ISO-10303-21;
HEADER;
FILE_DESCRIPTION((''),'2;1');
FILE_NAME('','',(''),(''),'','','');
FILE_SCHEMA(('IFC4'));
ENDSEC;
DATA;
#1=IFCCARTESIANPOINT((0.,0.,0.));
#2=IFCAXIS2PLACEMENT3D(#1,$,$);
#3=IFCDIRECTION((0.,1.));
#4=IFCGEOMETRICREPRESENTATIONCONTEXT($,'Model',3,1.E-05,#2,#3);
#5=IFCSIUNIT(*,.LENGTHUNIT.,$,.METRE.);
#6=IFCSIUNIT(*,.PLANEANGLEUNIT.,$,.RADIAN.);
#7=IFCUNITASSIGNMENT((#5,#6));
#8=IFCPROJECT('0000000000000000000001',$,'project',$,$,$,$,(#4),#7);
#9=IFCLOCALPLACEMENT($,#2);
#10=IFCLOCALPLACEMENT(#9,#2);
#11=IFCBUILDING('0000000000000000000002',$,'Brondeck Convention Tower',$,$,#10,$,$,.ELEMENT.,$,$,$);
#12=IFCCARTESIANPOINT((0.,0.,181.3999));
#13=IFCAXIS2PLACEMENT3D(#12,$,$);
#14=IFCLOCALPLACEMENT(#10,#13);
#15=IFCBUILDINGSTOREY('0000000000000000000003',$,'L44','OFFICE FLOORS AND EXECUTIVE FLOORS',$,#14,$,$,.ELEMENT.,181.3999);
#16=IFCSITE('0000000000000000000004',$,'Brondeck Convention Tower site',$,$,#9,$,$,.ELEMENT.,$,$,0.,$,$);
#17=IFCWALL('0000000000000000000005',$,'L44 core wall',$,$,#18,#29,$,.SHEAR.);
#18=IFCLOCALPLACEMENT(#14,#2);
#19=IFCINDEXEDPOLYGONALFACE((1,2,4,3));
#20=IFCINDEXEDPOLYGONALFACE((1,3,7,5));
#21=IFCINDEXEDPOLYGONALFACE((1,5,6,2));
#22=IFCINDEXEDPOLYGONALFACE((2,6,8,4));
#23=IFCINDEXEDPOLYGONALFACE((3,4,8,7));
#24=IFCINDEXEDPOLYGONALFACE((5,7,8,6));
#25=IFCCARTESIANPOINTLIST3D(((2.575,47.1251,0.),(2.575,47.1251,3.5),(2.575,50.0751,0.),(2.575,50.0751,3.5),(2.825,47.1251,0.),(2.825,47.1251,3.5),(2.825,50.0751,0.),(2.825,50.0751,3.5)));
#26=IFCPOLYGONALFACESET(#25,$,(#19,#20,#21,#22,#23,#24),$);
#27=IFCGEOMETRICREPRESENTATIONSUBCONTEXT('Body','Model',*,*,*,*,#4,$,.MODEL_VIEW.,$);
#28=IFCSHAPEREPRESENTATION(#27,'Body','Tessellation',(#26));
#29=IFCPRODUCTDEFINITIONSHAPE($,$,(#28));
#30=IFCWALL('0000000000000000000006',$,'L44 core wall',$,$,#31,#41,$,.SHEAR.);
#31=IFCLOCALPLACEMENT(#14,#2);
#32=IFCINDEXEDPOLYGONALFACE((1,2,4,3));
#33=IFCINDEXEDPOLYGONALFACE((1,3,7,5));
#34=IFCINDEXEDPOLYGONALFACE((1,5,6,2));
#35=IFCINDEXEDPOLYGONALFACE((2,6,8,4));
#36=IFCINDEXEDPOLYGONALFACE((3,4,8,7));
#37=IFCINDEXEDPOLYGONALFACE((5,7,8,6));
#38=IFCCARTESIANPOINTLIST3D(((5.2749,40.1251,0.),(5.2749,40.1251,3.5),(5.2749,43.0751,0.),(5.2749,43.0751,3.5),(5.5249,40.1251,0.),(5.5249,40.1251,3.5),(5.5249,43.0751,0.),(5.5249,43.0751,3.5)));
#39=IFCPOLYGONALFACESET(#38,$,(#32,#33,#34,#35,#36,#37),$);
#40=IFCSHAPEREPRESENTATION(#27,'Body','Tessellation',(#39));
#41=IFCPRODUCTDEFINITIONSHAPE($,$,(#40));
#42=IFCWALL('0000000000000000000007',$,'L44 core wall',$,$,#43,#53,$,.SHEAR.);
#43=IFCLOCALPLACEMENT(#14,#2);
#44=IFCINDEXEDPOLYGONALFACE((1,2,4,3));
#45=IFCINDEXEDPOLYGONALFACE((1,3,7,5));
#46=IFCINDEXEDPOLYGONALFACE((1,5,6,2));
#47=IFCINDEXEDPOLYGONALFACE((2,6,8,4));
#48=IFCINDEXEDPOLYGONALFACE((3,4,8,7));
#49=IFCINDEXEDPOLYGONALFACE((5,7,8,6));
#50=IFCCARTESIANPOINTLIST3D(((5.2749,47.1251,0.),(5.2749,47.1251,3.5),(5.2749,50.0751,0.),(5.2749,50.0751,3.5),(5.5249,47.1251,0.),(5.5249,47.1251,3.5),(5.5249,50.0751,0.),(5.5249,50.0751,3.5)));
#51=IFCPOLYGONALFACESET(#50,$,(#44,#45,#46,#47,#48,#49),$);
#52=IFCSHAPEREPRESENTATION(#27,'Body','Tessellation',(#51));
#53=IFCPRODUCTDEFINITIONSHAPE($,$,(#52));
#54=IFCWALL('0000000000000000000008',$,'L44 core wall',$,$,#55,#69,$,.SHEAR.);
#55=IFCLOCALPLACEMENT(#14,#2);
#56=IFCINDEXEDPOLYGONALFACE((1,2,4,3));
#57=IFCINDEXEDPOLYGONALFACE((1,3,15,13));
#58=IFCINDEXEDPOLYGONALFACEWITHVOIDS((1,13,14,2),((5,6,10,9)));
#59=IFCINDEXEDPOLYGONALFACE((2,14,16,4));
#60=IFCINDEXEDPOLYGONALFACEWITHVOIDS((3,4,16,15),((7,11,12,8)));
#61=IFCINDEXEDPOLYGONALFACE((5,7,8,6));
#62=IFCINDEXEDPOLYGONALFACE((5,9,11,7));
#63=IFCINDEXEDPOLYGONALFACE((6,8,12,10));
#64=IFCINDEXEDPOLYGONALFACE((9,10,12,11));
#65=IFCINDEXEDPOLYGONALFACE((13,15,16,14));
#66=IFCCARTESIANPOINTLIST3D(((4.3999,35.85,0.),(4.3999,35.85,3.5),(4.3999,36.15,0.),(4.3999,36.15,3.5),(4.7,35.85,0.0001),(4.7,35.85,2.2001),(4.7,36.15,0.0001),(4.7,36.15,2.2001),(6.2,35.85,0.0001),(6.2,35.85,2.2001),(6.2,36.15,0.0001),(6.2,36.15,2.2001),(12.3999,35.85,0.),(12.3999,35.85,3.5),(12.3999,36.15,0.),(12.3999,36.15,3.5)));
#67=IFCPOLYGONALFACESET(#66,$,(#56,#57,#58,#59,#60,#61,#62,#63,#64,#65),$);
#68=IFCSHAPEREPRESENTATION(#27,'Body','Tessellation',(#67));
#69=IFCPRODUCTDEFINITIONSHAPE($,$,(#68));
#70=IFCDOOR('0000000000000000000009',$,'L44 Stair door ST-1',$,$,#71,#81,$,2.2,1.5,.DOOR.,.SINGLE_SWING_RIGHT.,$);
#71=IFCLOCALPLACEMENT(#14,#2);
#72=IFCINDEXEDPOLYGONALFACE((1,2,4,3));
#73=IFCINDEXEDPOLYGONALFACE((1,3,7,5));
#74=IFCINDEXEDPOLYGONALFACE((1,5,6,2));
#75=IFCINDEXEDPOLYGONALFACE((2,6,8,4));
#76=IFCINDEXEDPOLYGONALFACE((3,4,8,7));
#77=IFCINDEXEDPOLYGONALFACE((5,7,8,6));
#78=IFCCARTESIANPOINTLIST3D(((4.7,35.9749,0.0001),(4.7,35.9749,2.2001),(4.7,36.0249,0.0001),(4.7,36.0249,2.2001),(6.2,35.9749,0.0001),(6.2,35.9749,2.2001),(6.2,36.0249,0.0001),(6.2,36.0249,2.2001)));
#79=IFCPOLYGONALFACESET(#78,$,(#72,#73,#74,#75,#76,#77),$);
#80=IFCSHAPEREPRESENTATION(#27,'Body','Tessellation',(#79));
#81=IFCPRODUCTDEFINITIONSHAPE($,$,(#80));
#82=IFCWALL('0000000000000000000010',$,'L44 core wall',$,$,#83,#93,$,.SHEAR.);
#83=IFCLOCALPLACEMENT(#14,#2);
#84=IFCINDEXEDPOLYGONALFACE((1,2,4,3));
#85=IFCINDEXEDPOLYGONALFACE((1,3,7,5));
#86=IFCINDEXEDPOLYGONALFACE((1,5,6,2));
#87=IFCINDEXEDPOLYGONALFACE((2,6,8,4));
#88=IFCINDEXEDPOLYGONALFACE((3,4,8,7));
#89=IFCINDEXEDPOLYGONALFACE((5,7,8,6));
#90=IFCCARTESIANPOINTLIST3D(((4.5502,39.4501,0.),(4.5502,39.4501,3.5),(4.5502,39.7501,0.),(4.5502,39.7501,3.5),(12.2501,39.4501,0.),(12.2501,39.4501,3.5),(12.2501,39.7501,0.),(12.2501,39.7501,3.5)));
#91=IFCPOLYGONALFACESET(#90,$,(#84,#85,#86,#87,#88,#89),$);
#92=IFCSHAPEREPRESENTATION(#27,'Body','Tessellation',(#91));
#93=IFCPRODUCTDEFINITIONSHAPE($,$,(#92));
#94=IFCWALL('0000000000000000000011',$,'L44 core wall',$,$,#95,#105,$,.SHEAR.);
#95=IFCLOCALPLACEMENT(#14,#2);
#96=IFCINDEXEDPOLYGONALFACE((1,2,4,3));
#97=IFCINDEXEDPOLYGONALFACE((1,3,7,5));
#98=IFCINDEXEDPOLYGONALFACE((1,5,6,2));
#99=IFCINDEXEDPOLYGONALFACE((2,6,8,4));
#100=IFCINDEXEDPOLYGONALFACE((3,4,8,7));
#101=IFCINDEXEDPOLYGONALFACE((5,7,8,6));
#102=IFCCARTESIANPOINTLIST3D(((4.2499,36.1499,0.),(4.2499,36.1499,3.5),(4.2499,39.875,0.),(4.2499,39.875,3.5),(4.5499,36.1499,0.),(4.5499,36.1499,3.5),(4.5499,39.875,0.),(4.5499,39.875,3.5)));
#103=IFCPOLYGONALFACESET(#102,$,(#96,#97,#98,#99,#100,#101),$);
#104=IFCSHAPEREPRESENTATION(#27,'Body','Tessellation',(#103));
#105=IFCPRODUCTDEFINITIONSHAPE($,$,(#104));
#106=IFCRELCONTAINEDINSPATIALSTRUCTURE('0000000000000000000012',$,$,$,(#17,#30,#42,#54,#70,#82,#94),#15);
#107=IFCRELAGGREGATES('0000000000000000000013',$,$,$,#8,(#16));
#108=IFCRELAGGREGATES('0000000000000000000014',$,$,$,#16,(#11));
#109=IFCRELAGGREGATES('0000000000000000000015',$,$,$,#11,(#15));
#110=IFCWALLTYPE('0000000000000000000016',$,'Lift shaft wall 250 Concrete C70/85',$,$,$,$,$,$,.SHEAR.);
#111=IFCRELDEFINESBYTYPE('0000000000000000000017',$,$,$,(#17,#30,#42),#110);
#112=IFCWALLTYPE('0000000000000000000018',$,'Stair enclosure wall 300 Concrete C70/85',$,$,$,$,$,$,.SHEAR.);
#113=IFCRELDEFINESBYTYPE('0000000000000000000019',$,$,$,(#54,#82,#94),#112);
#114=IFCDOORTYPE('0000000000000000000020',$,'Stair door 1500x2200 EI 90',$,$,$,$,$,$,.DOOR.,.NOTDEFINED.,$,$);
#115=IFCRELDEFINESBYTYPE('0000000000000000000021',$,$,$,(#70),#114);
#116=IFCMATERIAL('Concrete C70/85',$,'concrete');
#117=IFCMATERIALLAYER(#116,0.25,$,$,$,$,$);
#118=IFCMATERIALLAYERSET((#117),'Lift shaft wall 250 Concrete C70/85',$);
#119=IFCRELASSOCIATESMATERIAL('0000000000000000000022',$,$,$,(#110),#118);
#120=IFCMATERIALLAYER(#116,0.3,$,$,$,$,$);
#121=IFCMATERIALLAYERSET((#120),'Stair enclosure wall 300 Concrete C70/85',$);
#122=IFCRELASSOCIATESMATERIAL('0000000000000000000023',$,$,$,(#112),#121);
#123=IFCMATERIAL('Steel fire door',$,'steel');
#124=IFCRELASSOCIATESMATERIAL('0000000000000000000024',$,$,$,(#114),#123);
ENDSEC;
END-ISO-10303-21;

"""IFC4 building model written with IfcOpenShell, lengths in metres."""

from ifc_helpers import new_model, si_unit, direction, frame, frame_2d, origin, place, context, subcontext, project, spatial, rectangle, extrude, material, layer, layer_set, type_object, element, fill, save


model = new_model("IFC4")

# Units and contexts
model_context = context("Model", 3, precision=1e-05, world=origin(), true_north=direction((0.0, 1.0)))
body_context = subcontext(model_context, "Body", "Model", "MODEL_VIEW")
ifc_project = project(units=[si_unit("LENGTHUNIT", "METRE"), si_unit("PLANEANGLEUNIT", "RADIAN")], contexts=[model_context])

# Site, building, storey
site_placement = place(None, origin())
site = spatial("IfcSite", under=ifc_project, at=site_placement, Name="Brondeck Convention Tower site", CompositionType="ELEMENT", RefElevation=0.0)
building_placement = place(site_placement, origin())
building = spatial("IfcBuilding", under=site, at=building_placement, Name="Brondeck Convention Tower", CompositionType="ELEMENT")
storey_placement = place(building_placement, frame((0.0, 0.0, 181.3999)))
storey = spatial("IfcBuildingStorey", under=building, at=storey_placement, Name="L44", Description="OFFICE FLOORS AND EXECUTIVE FLOORS", CompositionType="ELEMENT", Elevation=181.3999)

# Shared definitions
ifc_material_1 = material(Name="Concrete C70/85", Category="concrete")

# Shared definitions
ifc_material_2 = material(Name="Steel fire door", Category="steel")

# Shared definitions
ifc_layer_1 = layer(ifc_material_1, 0.25)
ifc_layer_set_1 = layer_set([ifc_layer_1], Name="Lift shaft wall 250 Concrete C70/85")
wall_type_1 = type_object("IfcWallType", Name="Lift shaft wall 250 Concrete C70/85", PredefinedType="SHEAR", material=ifc_layer_set_1)

# Walls
for number, where, z_axis, x_axis, name in (
    (1, (2.7, 47.125, 0.0), (0.0, 0.0, 1.0), (0.0, 1.0, 0.0), "L44 core wall"),
    (2, (5.3999, 40.125, 0.0), (0.0, 0.0, 1.0), (0.0, 1.0, 0.0), "L44 core wall"),
    (3, (5.3999, 47.125, 0.0), (0.0, 0.0, 1.0), (0.0, 1.0, 0.0), "L44 core wall"),
):
    element("IfcWall", number, at=place(storey_placement, frame(where, z_axis=z_axis, x_axis=x_axis)), inside=storey, type_object=wall_type_1, Name=name, PredefinedType="SHEAR", context=body_context, shape_type="SweptSolid", body=[
        extrude(rectangle(XDim=2.95, YDim=0.25, at=frame_2d((1.4751, 0.0))), origin(), (0.0, 0.0, 1.0), 3.5),
    ])

# Wall, opening, door
ifc_layer_2 = layer(ifc_material_1, 0.3)
ifc_layer_set_2 = layer_set([ifc_layer_2], Name="Stair enclosure wall 300 Concrete C70/85")
wall_type_2 = type_object("IfcWallType", Name="Stair enclosure wall 300 Concrete C70/85", PredefinedType="SHEAR", material=ifc_layer_set_2)
wall_1_placement = place(storey_placement, frame((4.3999, 36.0, 0.0), z_axis=(0.0, 0.0, 1.0), x_axis=(1.0, 0.0, 0.0)))
wall_1 = element("IfcWall", 4, at=wall_1_placement, inside=storey, type_object=wall_type_2, Name="L44 core wall", PredefinedType="SHEAR", context=body_context, shape_type="SweptSolid", body=[
    extrude(rectangle(XDim=8.0, YDim=0.3, at=frame_2d((4.0, 0.0))), origin(), (0.0, 0.0, 1.0), 3.5),
])
opening_1_placement = place(wall_1_placement, frame((0.3, 0.0, 0.0)))
opening_1 = element("IfcOpeningElement", 5, at=opening_1_placement, cuts=wall_1, PredefinedType="OPENING", context=body_context, shape_type="SweptSolid", body=[
    extrude(rectangle(XDim=1.5, YDim=2.2, at=frame_2d((0.75, 1.1001))), frame((0.0, 0.1599, 0.0), z_axis=(0.0, -1.0, 0.0), x_axis=(1.0, 0.0, 0.0)), (0.0, 0.0, 1.0), 0.3201),
])
door_type_1 = type_object("IfcDoorType", Name="Stair door 1500x2200 EI 90", OperationType="NOTDEFINED", PredefinedType="DOOR", material=ifc_material_2)
door_1_placement = place(opening_1_placement, origin())
door_1 = element("IfcDoor", 6, at=door_1_placement, inside=storey, type_object=door_type_1, Name="L44 Stair door ST-1", OperationType="SINGLE_SWING_RIGHT", OverallHeight=2.2, OverallWidth=1.5, PredefinedType="DOOR", context=body_context, shape_type="SweptSolid", body=[
    extrude(rectangle(XDim=1.5, YDim=2.2, at=frame_2d((0.75, 1.1001))), frame((0.0, 0.0249, 0.0), z_axis=(0.0, -1.0, 0.0), x_axis=(1.0, 0.0, 0.0)), (0.0, 0.0, 1.0), 0.05),
])
fill(opening_1, door_1)

# Walls
wall_2_placement = place(storey_placement, frame((4.55, 39.6001, 0.0), z_axis=(0.0, 0.0, 1.0), x_axis=(1.0, 0.0, 0.0)))
element("IfcWall", 7, at=wall_2_placement, inside=storey, type_object=wall_type_2, Name="L44 core wall", PredefinedType="SHEAR", context=body_context, shape_type="SweptSolid", body=[
    extrude(rectangle(XDim=7.7, YDim=0.3, at=frame_2d((3.8501, 0.0))), origin(), (0.0, 0.0, 1.0), 3.5),
])
wall_3_placement = place(storey_placement, frame((4.3999, 36.1499, 0.0), z_axis=(0.0, 0.0, 1.0), x_axis=(0.0, 1.0, 0.0)))
element("IfcWall", 8, at=wall_3_placement, inside=storey, type_object=wall_type_2, Name="L44 core wall", PredefinedType="SHEAR", context=body_context, shape_type="SweptSolid", body=[
    extrude(rectangle(XDim=3.7251, YDim=0.3, at=frame_2d((1.8625, 0.0))), origin(), (0.0, 0.0, 1.0), 3.5),
])

save(model, "model.ifc")
